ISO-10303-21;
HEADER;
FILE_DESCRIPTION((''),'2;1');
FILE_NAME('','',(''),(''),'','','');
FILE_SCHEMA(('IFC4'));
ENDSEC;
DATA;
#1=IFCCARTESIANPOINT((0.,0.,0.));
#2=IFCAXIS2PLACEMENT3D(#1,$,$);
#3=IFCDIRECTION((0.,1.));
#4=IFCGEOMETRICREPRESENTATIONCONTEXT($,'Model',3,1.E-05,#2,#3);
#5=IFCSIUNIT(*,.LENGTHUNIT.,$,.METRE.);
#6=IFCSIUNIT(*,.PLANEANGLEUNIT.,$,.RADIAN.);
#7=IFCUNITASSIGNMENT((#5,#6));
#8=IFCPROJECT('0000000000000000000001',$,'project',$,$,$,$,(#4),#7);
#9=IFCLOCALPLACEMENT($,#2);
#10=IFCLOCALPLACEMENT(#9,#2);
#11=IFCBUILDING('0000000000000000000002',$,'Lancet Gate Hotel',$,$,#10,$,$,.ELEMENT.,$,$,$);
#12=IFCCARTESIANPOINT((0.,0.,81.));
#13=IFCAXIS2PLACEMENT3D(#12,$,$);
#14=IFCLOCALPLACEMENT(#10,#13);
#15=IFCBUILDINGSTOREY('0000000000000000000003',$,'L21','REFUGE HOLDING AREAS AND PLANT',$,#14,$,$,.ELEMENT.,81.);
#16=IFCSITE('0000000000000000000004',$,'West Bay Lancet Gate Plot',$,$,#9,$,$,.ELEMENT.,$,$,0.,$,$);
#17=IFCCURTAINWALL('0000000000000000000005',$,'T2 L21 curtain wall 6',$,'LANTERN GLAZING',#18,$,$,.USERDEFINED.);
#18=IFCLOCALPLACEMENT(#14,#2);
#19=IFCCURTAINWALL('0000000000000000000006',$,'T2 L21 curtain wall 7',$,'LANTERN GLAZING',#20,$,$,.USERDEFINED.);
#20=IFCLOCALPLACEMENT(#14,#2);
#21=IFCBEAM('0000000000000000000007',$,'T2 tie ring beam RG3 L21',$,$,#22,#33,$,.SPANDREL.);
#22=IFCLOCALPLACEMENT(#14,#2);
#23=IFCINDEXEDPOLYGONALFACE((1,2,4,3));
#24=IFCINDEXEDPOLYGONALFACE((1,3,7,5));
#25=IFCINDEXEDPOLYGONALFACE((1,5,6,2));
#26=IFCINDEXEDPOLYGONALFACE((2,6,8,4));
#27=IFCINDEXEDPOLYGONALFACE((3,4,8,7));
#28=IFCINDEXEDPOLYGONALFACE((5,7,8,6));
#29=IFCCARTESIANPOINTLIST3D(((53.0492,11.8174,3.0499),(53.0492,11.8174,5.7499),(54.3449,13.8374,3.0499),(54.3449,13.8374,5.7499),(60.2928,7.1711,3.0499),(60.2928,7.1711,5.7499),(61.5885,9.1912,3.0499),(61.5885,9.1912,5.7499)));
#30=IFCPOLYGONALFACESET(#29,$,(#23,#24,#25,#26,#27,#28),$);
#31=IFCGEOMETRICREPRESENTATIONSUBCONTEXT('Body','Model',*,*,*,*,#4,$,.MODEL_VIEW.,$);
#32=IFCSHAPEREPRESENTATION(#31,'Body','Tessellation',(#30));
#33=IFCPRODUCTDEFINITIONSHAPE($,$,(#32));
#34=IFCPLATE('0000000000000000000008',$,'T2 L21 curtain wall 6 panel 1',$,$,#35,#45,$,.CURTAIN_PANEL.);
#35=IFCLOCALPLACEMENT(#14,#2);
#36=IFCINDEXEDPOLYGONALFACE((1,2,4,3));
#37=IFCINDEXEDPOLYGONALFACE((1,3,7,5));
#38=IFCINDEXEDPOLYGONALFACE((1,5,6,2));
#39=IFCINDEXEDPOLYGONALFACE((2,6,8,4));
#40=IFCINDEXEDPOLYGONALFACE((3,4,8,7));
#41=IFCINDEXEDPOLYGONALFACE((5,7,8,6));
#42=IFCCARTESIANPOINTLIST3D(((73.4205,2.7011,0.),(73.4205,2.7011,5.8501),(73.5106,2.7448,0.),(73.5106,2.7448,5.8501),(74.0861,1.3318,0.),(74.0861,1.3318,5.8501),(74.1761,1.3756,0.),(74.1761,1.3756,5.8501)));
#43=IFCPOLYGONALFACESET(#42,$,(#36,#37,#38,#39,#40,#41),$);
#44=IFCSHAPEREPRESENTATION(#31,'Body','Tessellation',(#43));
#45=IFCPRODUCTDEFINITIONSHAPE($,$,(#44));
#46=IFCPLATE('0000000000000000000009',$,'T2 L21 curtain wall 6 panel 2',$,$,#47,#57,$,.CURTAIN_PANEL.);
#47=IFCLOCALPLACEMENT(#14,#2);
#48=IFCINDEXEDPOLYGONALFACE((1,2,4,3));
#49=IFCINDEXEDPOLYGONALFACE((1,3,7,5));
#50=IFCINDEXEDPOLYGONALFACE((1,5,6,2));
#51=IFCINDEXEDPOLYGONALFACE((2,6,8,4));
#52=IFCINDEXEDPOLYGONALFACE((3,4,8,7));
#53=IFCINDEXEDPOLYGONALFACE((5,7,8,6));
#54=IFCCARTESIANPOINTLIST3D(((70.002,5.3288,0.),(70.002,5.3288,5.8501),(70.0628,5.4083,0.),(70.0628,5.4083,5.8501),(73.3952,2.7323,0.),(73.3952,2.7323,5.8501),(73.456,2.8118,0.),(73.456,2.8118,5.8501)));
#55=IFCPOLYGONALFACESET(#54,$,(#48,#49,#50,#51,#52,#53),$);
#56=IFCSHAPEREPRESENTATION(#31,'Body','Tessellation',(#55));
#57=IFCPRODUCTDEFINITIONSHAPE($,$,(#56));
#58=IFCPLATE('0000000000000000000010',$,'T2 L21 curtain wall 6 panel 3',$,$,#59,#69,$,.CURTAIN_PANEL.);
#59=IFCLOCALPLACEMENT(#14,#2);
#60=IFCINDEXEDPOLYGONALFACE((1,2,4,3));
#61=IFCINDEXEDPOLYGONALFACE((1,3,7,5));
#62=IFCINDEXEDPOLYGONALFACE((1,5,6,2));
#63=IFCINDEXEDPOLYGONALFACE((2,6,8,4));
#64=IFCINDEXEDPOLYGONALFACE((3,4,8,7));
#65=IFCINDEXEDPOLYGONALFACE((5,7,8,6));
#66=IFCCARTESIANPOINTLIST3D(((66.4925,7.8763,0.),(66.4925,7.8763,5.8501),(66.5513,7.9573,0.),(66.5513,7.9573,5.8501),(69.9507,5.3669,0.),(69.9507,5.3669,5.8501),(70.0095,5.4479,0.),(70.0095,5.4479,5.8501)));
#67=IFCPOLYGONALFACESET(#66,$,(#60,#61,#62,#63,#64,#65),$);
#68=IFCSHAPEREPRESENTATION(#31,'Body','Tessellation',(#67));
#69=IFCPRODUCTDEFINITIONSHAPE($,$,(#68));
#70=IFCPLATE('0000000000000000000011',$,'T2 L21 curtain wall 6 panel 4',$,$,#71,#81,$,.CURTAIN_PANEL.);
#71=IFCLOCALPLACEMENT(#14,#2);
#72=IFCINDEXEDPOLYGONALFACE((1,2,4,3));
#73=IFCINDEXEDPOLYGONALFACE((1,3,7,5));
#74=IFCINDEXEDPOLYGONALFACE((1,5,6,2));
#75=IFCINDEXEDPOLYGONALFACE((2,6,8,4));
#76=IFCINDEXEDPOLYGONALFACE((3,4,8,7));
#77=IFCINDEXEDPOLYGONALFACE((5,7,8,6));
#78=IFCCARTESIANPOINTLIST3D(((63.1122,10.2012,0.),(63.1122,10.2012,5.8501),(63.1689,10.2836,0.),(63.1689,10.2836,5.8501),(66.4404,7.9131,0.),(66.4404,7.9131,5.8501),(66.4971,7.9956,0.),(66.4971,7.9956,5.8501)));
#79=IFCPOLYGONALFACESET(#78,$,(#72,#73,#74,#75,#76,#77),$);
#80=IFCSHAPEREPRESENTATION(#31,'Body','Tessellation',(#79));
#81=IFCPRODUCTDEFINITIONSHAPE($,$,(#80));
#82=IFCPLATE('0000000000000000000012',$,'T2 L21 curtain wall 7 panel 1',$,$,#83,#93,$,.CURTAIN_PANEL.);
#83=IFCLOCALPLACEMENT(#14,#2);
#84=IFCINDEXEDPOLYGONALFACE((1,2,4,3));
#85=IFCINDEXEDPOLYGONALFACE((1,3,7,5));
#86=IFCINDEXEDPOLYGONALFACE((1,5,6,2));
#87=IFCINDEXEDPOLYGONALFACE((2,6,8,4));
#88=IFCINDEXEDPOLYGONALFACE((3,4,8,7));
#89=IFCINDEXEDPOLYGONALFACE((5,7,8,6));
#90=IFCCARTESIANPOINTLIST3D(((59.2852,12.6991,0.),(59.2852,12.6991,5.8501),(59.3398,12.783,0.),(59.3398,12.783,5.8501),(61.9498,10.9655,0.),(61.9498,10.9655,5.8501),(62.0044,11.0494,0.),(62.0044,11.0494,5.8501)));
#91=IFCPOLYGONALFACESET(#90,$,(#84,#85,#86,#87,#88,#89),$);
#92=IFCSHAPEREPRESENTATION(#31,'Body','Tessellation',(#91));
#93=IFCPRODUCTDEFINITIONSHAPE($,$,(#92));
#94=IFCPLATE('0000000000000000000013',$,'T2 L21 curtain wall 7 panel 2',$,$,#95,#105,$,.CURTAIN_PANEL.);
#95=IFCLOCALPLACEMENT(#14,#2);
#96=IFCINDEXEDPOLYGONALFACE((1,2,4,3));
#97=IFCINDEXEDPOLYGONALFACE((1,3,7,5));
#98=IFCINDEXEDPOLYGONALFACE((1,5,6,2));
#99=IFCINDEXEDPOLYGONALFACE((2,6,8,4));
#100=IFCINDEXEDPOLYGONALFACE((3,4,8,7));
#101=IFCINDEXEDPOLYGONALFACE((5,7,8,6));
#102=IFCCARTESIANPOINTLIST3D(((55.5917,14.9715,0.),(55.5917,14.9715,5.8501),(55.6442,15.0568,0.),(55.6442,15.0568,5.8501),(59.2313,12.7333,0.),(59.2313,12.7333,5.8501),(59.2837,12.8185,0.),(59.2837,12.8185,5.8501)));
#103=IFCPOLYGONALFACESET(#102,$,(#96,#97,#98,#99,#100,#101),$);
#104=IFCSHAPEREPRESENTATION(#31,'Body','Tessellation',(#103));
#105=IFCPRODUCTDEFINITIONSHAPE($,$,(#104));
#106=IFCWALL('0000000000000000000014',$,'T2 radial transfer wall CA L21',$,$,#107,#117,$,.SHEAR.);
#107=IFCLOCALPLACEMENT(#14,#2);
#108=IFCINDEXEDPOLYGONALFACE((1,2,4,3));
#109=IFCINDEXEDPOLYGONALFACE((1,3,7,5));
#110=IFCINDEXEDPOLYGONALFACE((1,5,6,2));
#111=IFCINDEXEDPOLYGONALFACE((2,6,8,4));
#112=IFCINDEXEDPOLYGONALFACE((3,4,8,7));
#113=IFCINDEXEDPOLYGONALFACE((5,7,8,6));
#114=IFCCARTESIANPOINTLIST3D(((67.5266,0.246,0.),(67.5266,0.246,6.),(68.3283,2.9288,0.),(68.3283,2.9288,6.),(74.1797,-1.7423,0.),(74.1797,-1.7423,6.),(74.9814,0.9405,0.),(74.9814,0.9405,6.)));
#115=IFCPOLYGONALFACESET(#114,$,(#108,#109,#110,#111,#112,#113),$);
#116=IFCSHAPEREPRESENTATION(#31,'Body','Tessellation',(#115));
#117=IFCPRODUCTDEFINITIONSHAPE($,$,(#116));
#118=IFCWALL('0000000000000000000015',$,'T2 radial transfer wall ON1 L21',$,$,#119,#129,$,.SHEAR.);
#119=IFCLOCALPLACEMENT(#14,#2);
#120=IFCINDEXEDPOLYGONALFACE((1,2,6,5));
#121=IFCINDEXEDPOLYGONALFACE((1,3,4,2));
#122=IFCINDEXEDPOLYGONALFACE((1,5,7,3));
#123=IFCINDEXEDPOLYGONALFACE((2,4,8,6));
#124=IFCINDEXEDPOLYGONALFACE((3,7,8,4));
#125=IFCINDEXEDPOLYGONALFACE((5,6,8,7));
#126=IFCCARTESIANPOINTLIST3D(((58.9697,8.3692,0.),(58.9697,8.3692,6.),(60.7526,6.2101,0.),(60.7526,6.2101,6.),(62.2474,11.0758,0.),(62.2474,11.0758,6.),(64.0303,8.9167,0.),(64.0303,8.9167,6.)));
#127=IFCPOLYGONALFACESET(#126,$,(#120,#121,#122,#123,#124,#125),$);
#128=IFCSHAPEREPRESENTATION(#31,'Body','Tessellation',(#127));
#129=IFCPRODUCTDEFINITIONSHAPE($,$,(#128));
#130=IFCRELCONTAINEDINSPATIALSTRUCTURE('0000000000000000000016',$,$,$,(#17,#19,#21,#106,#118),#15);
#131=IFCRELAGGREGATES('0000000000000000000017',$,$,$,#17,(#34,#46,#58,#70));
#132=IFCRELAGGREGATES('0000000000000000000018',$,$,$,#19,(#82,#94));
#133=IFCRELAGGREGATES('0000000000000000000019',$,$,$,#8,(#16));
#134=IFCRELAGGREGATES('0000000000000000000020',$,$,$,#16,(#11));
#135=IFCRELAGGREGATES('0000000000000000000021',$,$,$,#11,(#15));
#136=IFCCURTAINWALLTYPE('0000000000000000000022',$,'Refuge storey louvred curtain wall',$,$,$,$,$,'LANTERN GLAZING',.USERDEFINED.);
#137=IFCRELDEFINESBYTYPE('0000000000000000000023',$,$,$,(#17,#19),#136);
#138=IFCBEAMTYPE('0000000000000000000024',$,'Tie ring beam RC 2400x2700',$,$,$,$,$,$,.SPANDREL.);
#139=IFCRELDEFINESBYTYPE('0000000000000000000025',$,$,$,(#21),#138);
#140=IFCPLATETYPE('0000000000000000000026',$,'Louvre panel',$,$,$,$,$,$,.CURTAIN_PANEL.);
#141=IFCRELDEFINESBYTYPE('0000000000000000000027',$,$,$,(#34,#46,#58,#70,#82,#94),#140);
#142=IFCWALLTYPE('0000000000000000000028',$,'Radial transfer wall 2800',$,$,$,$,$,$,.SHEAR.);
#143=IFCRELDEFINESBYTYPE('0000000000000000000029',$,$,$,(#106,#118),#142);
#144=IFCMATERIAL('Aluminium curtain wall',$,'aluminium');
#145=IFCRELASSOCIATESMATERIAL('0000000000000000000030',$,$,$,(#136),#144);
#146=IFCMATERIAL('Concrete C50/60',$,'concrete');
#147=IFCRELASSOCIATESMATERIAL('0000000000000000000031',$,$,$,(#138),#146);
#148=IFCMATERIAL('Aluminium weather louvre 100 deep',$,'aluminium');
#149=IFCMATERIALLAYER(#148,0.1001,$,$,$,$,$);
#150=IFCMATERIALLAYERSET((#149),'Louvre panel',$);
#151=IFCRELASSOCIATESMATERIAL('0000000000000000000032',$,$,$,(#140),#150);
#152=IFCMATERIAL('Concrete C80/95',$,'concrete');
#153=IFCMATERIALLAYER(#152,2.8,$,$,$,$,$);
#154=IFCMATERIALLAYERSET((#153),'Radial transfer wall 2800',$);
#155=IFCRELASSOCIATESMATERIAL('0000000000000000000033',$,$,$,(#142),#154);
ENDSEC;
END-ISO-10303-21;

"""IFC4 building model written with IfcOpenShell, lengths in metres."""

from ifc_helpers import new_model, si_unit, direction, frame, frame_2d, origin, origin_2d, place, context, subcontext, project, spatial, rectangle, extrude, material, layer, layer_set, material_profile, profile_set, type_object, element, aggregate, save


model = new_model("IFC4")

# Units and contexts
model_context = context("Model", 3, precision=1e-05, world=origin(), true_north=direction((0.0, 1.0)))
body_context = subcontext(model_context, "Body", "Model", "MODEL_VIEW")
ifc_project = project(units=[si_unit("LENGTHUNIT", "METRE"), si_unit("PLANEANGLEUNIT", "RADIAN")], contexts=[model_context])

# Site, building, storey
site_placement = place(None, origin())
site = spatial("IfcSite", under=ifc_project, at=site_placement, Name="West Bay Lancet Gate Plot", CompositionType="ELEMENT", RefElevation=0.0)
building_placement = place(site_placement, origin())
building = spatial("IfcBuilding", under=site, at=building_placement, Name="Lancet Gate Hotel", CompositionType="ELEMENT")
storey_placement = place(building_placement, frame((0.0, 0.0, 81.0)))
storey = spatial("IfcBuildingStorey", under=building, at=storey_placement, Name="L21", Description="REFUGE HOLDING AREAS AND PLANT", CompositionType="ELEMENT", Elevation=81.0)

# Shared definitions
ifc_material_1 = material(Name="Aluminium curtain wall", Category="aluminium")
curtain_wall_type = type_object("IfcCurtainWallType", Name="Refuge storey louvred curtain wall", ElementType="LANTERN GLAZING", PredefinedType="USERDEFINED", material=ifc_material_1)

# Curtain walls
curtain_wall_1_placement = place(storey_placement, origin())
curtain_wall_1 = element("IfcCurtainWall", 1, at=curtain_wall_1_placement, inside=storey, type_object=curtain_wall_type, Name="T2 L21 curtain wall 6", ObjectType="LANTERN GLAZING", PredefinedType="USERDEFINED")
curtain_wall_2_placement = place(storey_placement, origin())
curtain_wall_2 = element("IfcCurtainWall", 2, at=curtain_wall_2_placement, inside=storey, type_object=curtain_wall_type, Name="T2 L21 curtain wall 7", ObjectType="LANTERN GLAZING", PredefinedType="USERDEFINED")

# Beam
ifc_material_2 = material(Name="Concrete C50/60", Category="concrete")
ifc_material_profile_1 = material_profile(ifc_material_2, rectangle(XDim=2.3999, YDim=2.7, at=origin_2d()), Name="RC 2400x2700")
ifc_profile_set_1 = profile_set([ifc_material_profile_1], Name="Concrete C50/60")
beam_type_1 = type_object("IfcBeamType", Name="Tie ring beam RC 2400x2700", PredefinedType="SPANDREL", material=ifc_profile_set_1)
beam_1_placement = place(storey_placement, frame((60.9407, 8.1812, 4.3999), z_axis=(-0.841727, 0.539903, 0.0), x_axis=(-0.539903, -0.841727, 0.0)))
element("IfcBeam", 3, at=beam_1_placement, inside=storey, type_object=beam_type_1, Name="T2 tie ring beam RG3 L21", PredefinedType="SPANDREL", context=body_context, shape_type="SweptSolid", body=[
    extrude(rectangle(XDim=2.3999, YDim=2.7, at=origin_2d()), origin(), (0.0, 0.0, 1.0), 8.6057),
])

# Plates
ifc_material_3 = material(Name="Aluminium weather louvre 100 deep", Category="aluminium")
ifc_layer_1 = layer(ifc_material_3, 0.1001)
ifc_layer_set_1 = layer_set([ifc_layer_1], Name="Louvre panel")
plate_type = type_object("IfcPlateType", Name="Louvre panel", PredefinedType="CURTAIN_PANEL", material=ifc_layer_set_1)
plate_1_placement = place(storey_placement, frame((73.7983, 2.0383, 0.0), z_axis=(0.0, 0.0, 1.0), x_axis=(-0.437169, 0.899379, 0.0)))
plate_1 = element("IfcPlate", 4, at=plate_1_placement, type_object=plate_type, Name="T2 L21 curtain wall 6 panel 1", PredefinedType="CURTAIN_PANEL", context=body_context, shape_type="SweptSolid", body=[
    extrude(rectangle(XDim=1.5225, YDim=0.1001, at=origin_2d()), origin(), (0.0, 0.0, 1.0), 5.8501),
])
plate_2_placement = place(storey_placement, frame((71.729, 4.0703, 0.0), z_axis=(0.0, 0.0, 1.0), x_axis=(-0.79416, 0.607709, 0.0)))
plate_2 = element("IfcPlate", 5, at=plate_2_placement, type_object=plate_type, Name="T2 L21 curtain wall 6 panel 2", PredefinedType="CURTAIN_PANEL", context=body_context, shape_type="SweptSolid", body=[
    extrude(rectangle(XDim=4.2727, YDim=0.1001, at=origin_2d()), origin(), (0.0, 0.0, 1.0), 5.8501),
])
plate_3_placement = place(storey_placement, frame((68.251, 6.6621, 0.0), z_axis=(0.0, 0.0, 1.0), x_axis=(-0.80937, 0.587299, 0.0)))
plate_3 = element("IfcPlate", 6, at=plate_3_placement, type_object=plate_type, Name="T2 L21 curtain wall 6 panel 3", PredefinedType="CURTAIN_PANEL", context=body_context, shape_type="SweptSolid", body=[
    extrude(rectangle(XDim=4.2727, YDim=0.1001, at=origin_2d()), origin(), (0.0, 0.0, 1.0), 5.8501),
])
plate_4_placement = place(storey_placement, frame((64.8047, 9.0984, 0.0), z_axis=(0.0, 0.0, 1.0), x_axis=(-0.824055, 0.566509, 0.0)))
plate_4 = element("IfcPlate", 7, at=plate_4_placement, type_object=plate_type, Name="T2 L21 curtain wall 6 panel 4", PredefinedType="CURTAIN_PANEL", context=body_context, shape_type="SweptSolid", body=[
    extrude(rectangle(XDim=4.0388, YDim=0.1001, at=origin_2d()), origin(), (0.0, 0.0, 1.0), 5.8501),
])
aggregate(curtain_wall_1, [plate_1, plate_2, plate_3, plate_4])
plate_5_placement = place(storey_placement, frame((60.6448, 11.8743, 0.0), z_axis=(0.0, 0.0, 1.0), x_axis=(-0.838207, 0.545353, 0.0)))
plate_5 = element("IfcPlate", 8, at=plate_5_placement, type_object=plate_type, Name="T2 L21 curtain wall 7 panel 1", PredefinedType="CURTAIN_PANEL", context=body_context, shape_type="SweptSolid", body=[
    extrude(rectangle(XDim=3.179, YDim=0.1001, at=origin_2d()), origin(), (0.0, 0.0, 1.0), 5.8501),
])
plate_6_placement = place(storey_placement, frame((57.4377, 13.895, 0.0), z_axis=(0.0, 0.0, 1.0), x_axis=(-0.851815, 0.523842, 0.0)))
plate_6 = element("IfcPlate", 9, at=plate_6_placement, type_object=plate_type, Name="T2 L21 curtain wall 7 panel 2", PredefinedType="CURTAIN_PANEL", context=body_context, shape_type="SweptSolid", body=[
    extrude(rectangle(XDim=4.2727, YDim=0.1001, at=origin_2d()), origin(), (0.0, 0.0, 1.0), 5.8501),
])
aggregate(curtain_wall_2, [plate_5, plate_6])

# Walls
ifc_material_4 = material(Name="Concrete C80/95", Category="concrete")
ifc_layer_2 = layer(ifc_material_4, 2.8)
ifc_layer_set_2 = layer_set([ifc_layer_2], Name="Radial transfer wall 2800")
wall_type = type_object("IfcWallType", Name="Radial transfer wall 2800", PredefinedType="SHEAR", material=ifc_layer_set_2)
wall_1_placement = place(storey_placement, frame((74.5806, -0.4009, 0.0), z_axis=(0.0, 0.0, 1.0), x_axis=(-0.958129, 0.286338, 0.0)))
element("IfcWall", 10, at=wall_1_placement, inside=storey, type_object=wall_type, Name="T2 radial transfer wall CA L21", PredefinedType="SHEAR", context=body_context, shape_type="SweptSolid", body=[
    extrude(rectangle(XDim=6.9438, YDim=2.8, at=frame_2d((3.4719, 0.0))), origin(), (0.0, 0.0, 1.0), 6.0),
])
wall_2_placement = place(storey_placement, frame((63.1389, 9.9963, 0.0), z_axis=(0.0, 0.0, 1.0), x_axis=(-0.771081, -0.636737, 0.0)))
element("IfcWall", 11, at=wall_2_placement, inside=storey, type_object=wall_type, Name="T2 radial transfer wall ON1 L21", PredefinedType="SHEAR", context=body_context, shape_type="SweptSolid", body=[
    extrude(rectangle(XDim=4.2507, YDim=2.8, at=frame_2d((2.1255, 0.0))), origin(), (0.0, 0.0, 1.0), 6.0),
])

save(model, "model.ifc")
